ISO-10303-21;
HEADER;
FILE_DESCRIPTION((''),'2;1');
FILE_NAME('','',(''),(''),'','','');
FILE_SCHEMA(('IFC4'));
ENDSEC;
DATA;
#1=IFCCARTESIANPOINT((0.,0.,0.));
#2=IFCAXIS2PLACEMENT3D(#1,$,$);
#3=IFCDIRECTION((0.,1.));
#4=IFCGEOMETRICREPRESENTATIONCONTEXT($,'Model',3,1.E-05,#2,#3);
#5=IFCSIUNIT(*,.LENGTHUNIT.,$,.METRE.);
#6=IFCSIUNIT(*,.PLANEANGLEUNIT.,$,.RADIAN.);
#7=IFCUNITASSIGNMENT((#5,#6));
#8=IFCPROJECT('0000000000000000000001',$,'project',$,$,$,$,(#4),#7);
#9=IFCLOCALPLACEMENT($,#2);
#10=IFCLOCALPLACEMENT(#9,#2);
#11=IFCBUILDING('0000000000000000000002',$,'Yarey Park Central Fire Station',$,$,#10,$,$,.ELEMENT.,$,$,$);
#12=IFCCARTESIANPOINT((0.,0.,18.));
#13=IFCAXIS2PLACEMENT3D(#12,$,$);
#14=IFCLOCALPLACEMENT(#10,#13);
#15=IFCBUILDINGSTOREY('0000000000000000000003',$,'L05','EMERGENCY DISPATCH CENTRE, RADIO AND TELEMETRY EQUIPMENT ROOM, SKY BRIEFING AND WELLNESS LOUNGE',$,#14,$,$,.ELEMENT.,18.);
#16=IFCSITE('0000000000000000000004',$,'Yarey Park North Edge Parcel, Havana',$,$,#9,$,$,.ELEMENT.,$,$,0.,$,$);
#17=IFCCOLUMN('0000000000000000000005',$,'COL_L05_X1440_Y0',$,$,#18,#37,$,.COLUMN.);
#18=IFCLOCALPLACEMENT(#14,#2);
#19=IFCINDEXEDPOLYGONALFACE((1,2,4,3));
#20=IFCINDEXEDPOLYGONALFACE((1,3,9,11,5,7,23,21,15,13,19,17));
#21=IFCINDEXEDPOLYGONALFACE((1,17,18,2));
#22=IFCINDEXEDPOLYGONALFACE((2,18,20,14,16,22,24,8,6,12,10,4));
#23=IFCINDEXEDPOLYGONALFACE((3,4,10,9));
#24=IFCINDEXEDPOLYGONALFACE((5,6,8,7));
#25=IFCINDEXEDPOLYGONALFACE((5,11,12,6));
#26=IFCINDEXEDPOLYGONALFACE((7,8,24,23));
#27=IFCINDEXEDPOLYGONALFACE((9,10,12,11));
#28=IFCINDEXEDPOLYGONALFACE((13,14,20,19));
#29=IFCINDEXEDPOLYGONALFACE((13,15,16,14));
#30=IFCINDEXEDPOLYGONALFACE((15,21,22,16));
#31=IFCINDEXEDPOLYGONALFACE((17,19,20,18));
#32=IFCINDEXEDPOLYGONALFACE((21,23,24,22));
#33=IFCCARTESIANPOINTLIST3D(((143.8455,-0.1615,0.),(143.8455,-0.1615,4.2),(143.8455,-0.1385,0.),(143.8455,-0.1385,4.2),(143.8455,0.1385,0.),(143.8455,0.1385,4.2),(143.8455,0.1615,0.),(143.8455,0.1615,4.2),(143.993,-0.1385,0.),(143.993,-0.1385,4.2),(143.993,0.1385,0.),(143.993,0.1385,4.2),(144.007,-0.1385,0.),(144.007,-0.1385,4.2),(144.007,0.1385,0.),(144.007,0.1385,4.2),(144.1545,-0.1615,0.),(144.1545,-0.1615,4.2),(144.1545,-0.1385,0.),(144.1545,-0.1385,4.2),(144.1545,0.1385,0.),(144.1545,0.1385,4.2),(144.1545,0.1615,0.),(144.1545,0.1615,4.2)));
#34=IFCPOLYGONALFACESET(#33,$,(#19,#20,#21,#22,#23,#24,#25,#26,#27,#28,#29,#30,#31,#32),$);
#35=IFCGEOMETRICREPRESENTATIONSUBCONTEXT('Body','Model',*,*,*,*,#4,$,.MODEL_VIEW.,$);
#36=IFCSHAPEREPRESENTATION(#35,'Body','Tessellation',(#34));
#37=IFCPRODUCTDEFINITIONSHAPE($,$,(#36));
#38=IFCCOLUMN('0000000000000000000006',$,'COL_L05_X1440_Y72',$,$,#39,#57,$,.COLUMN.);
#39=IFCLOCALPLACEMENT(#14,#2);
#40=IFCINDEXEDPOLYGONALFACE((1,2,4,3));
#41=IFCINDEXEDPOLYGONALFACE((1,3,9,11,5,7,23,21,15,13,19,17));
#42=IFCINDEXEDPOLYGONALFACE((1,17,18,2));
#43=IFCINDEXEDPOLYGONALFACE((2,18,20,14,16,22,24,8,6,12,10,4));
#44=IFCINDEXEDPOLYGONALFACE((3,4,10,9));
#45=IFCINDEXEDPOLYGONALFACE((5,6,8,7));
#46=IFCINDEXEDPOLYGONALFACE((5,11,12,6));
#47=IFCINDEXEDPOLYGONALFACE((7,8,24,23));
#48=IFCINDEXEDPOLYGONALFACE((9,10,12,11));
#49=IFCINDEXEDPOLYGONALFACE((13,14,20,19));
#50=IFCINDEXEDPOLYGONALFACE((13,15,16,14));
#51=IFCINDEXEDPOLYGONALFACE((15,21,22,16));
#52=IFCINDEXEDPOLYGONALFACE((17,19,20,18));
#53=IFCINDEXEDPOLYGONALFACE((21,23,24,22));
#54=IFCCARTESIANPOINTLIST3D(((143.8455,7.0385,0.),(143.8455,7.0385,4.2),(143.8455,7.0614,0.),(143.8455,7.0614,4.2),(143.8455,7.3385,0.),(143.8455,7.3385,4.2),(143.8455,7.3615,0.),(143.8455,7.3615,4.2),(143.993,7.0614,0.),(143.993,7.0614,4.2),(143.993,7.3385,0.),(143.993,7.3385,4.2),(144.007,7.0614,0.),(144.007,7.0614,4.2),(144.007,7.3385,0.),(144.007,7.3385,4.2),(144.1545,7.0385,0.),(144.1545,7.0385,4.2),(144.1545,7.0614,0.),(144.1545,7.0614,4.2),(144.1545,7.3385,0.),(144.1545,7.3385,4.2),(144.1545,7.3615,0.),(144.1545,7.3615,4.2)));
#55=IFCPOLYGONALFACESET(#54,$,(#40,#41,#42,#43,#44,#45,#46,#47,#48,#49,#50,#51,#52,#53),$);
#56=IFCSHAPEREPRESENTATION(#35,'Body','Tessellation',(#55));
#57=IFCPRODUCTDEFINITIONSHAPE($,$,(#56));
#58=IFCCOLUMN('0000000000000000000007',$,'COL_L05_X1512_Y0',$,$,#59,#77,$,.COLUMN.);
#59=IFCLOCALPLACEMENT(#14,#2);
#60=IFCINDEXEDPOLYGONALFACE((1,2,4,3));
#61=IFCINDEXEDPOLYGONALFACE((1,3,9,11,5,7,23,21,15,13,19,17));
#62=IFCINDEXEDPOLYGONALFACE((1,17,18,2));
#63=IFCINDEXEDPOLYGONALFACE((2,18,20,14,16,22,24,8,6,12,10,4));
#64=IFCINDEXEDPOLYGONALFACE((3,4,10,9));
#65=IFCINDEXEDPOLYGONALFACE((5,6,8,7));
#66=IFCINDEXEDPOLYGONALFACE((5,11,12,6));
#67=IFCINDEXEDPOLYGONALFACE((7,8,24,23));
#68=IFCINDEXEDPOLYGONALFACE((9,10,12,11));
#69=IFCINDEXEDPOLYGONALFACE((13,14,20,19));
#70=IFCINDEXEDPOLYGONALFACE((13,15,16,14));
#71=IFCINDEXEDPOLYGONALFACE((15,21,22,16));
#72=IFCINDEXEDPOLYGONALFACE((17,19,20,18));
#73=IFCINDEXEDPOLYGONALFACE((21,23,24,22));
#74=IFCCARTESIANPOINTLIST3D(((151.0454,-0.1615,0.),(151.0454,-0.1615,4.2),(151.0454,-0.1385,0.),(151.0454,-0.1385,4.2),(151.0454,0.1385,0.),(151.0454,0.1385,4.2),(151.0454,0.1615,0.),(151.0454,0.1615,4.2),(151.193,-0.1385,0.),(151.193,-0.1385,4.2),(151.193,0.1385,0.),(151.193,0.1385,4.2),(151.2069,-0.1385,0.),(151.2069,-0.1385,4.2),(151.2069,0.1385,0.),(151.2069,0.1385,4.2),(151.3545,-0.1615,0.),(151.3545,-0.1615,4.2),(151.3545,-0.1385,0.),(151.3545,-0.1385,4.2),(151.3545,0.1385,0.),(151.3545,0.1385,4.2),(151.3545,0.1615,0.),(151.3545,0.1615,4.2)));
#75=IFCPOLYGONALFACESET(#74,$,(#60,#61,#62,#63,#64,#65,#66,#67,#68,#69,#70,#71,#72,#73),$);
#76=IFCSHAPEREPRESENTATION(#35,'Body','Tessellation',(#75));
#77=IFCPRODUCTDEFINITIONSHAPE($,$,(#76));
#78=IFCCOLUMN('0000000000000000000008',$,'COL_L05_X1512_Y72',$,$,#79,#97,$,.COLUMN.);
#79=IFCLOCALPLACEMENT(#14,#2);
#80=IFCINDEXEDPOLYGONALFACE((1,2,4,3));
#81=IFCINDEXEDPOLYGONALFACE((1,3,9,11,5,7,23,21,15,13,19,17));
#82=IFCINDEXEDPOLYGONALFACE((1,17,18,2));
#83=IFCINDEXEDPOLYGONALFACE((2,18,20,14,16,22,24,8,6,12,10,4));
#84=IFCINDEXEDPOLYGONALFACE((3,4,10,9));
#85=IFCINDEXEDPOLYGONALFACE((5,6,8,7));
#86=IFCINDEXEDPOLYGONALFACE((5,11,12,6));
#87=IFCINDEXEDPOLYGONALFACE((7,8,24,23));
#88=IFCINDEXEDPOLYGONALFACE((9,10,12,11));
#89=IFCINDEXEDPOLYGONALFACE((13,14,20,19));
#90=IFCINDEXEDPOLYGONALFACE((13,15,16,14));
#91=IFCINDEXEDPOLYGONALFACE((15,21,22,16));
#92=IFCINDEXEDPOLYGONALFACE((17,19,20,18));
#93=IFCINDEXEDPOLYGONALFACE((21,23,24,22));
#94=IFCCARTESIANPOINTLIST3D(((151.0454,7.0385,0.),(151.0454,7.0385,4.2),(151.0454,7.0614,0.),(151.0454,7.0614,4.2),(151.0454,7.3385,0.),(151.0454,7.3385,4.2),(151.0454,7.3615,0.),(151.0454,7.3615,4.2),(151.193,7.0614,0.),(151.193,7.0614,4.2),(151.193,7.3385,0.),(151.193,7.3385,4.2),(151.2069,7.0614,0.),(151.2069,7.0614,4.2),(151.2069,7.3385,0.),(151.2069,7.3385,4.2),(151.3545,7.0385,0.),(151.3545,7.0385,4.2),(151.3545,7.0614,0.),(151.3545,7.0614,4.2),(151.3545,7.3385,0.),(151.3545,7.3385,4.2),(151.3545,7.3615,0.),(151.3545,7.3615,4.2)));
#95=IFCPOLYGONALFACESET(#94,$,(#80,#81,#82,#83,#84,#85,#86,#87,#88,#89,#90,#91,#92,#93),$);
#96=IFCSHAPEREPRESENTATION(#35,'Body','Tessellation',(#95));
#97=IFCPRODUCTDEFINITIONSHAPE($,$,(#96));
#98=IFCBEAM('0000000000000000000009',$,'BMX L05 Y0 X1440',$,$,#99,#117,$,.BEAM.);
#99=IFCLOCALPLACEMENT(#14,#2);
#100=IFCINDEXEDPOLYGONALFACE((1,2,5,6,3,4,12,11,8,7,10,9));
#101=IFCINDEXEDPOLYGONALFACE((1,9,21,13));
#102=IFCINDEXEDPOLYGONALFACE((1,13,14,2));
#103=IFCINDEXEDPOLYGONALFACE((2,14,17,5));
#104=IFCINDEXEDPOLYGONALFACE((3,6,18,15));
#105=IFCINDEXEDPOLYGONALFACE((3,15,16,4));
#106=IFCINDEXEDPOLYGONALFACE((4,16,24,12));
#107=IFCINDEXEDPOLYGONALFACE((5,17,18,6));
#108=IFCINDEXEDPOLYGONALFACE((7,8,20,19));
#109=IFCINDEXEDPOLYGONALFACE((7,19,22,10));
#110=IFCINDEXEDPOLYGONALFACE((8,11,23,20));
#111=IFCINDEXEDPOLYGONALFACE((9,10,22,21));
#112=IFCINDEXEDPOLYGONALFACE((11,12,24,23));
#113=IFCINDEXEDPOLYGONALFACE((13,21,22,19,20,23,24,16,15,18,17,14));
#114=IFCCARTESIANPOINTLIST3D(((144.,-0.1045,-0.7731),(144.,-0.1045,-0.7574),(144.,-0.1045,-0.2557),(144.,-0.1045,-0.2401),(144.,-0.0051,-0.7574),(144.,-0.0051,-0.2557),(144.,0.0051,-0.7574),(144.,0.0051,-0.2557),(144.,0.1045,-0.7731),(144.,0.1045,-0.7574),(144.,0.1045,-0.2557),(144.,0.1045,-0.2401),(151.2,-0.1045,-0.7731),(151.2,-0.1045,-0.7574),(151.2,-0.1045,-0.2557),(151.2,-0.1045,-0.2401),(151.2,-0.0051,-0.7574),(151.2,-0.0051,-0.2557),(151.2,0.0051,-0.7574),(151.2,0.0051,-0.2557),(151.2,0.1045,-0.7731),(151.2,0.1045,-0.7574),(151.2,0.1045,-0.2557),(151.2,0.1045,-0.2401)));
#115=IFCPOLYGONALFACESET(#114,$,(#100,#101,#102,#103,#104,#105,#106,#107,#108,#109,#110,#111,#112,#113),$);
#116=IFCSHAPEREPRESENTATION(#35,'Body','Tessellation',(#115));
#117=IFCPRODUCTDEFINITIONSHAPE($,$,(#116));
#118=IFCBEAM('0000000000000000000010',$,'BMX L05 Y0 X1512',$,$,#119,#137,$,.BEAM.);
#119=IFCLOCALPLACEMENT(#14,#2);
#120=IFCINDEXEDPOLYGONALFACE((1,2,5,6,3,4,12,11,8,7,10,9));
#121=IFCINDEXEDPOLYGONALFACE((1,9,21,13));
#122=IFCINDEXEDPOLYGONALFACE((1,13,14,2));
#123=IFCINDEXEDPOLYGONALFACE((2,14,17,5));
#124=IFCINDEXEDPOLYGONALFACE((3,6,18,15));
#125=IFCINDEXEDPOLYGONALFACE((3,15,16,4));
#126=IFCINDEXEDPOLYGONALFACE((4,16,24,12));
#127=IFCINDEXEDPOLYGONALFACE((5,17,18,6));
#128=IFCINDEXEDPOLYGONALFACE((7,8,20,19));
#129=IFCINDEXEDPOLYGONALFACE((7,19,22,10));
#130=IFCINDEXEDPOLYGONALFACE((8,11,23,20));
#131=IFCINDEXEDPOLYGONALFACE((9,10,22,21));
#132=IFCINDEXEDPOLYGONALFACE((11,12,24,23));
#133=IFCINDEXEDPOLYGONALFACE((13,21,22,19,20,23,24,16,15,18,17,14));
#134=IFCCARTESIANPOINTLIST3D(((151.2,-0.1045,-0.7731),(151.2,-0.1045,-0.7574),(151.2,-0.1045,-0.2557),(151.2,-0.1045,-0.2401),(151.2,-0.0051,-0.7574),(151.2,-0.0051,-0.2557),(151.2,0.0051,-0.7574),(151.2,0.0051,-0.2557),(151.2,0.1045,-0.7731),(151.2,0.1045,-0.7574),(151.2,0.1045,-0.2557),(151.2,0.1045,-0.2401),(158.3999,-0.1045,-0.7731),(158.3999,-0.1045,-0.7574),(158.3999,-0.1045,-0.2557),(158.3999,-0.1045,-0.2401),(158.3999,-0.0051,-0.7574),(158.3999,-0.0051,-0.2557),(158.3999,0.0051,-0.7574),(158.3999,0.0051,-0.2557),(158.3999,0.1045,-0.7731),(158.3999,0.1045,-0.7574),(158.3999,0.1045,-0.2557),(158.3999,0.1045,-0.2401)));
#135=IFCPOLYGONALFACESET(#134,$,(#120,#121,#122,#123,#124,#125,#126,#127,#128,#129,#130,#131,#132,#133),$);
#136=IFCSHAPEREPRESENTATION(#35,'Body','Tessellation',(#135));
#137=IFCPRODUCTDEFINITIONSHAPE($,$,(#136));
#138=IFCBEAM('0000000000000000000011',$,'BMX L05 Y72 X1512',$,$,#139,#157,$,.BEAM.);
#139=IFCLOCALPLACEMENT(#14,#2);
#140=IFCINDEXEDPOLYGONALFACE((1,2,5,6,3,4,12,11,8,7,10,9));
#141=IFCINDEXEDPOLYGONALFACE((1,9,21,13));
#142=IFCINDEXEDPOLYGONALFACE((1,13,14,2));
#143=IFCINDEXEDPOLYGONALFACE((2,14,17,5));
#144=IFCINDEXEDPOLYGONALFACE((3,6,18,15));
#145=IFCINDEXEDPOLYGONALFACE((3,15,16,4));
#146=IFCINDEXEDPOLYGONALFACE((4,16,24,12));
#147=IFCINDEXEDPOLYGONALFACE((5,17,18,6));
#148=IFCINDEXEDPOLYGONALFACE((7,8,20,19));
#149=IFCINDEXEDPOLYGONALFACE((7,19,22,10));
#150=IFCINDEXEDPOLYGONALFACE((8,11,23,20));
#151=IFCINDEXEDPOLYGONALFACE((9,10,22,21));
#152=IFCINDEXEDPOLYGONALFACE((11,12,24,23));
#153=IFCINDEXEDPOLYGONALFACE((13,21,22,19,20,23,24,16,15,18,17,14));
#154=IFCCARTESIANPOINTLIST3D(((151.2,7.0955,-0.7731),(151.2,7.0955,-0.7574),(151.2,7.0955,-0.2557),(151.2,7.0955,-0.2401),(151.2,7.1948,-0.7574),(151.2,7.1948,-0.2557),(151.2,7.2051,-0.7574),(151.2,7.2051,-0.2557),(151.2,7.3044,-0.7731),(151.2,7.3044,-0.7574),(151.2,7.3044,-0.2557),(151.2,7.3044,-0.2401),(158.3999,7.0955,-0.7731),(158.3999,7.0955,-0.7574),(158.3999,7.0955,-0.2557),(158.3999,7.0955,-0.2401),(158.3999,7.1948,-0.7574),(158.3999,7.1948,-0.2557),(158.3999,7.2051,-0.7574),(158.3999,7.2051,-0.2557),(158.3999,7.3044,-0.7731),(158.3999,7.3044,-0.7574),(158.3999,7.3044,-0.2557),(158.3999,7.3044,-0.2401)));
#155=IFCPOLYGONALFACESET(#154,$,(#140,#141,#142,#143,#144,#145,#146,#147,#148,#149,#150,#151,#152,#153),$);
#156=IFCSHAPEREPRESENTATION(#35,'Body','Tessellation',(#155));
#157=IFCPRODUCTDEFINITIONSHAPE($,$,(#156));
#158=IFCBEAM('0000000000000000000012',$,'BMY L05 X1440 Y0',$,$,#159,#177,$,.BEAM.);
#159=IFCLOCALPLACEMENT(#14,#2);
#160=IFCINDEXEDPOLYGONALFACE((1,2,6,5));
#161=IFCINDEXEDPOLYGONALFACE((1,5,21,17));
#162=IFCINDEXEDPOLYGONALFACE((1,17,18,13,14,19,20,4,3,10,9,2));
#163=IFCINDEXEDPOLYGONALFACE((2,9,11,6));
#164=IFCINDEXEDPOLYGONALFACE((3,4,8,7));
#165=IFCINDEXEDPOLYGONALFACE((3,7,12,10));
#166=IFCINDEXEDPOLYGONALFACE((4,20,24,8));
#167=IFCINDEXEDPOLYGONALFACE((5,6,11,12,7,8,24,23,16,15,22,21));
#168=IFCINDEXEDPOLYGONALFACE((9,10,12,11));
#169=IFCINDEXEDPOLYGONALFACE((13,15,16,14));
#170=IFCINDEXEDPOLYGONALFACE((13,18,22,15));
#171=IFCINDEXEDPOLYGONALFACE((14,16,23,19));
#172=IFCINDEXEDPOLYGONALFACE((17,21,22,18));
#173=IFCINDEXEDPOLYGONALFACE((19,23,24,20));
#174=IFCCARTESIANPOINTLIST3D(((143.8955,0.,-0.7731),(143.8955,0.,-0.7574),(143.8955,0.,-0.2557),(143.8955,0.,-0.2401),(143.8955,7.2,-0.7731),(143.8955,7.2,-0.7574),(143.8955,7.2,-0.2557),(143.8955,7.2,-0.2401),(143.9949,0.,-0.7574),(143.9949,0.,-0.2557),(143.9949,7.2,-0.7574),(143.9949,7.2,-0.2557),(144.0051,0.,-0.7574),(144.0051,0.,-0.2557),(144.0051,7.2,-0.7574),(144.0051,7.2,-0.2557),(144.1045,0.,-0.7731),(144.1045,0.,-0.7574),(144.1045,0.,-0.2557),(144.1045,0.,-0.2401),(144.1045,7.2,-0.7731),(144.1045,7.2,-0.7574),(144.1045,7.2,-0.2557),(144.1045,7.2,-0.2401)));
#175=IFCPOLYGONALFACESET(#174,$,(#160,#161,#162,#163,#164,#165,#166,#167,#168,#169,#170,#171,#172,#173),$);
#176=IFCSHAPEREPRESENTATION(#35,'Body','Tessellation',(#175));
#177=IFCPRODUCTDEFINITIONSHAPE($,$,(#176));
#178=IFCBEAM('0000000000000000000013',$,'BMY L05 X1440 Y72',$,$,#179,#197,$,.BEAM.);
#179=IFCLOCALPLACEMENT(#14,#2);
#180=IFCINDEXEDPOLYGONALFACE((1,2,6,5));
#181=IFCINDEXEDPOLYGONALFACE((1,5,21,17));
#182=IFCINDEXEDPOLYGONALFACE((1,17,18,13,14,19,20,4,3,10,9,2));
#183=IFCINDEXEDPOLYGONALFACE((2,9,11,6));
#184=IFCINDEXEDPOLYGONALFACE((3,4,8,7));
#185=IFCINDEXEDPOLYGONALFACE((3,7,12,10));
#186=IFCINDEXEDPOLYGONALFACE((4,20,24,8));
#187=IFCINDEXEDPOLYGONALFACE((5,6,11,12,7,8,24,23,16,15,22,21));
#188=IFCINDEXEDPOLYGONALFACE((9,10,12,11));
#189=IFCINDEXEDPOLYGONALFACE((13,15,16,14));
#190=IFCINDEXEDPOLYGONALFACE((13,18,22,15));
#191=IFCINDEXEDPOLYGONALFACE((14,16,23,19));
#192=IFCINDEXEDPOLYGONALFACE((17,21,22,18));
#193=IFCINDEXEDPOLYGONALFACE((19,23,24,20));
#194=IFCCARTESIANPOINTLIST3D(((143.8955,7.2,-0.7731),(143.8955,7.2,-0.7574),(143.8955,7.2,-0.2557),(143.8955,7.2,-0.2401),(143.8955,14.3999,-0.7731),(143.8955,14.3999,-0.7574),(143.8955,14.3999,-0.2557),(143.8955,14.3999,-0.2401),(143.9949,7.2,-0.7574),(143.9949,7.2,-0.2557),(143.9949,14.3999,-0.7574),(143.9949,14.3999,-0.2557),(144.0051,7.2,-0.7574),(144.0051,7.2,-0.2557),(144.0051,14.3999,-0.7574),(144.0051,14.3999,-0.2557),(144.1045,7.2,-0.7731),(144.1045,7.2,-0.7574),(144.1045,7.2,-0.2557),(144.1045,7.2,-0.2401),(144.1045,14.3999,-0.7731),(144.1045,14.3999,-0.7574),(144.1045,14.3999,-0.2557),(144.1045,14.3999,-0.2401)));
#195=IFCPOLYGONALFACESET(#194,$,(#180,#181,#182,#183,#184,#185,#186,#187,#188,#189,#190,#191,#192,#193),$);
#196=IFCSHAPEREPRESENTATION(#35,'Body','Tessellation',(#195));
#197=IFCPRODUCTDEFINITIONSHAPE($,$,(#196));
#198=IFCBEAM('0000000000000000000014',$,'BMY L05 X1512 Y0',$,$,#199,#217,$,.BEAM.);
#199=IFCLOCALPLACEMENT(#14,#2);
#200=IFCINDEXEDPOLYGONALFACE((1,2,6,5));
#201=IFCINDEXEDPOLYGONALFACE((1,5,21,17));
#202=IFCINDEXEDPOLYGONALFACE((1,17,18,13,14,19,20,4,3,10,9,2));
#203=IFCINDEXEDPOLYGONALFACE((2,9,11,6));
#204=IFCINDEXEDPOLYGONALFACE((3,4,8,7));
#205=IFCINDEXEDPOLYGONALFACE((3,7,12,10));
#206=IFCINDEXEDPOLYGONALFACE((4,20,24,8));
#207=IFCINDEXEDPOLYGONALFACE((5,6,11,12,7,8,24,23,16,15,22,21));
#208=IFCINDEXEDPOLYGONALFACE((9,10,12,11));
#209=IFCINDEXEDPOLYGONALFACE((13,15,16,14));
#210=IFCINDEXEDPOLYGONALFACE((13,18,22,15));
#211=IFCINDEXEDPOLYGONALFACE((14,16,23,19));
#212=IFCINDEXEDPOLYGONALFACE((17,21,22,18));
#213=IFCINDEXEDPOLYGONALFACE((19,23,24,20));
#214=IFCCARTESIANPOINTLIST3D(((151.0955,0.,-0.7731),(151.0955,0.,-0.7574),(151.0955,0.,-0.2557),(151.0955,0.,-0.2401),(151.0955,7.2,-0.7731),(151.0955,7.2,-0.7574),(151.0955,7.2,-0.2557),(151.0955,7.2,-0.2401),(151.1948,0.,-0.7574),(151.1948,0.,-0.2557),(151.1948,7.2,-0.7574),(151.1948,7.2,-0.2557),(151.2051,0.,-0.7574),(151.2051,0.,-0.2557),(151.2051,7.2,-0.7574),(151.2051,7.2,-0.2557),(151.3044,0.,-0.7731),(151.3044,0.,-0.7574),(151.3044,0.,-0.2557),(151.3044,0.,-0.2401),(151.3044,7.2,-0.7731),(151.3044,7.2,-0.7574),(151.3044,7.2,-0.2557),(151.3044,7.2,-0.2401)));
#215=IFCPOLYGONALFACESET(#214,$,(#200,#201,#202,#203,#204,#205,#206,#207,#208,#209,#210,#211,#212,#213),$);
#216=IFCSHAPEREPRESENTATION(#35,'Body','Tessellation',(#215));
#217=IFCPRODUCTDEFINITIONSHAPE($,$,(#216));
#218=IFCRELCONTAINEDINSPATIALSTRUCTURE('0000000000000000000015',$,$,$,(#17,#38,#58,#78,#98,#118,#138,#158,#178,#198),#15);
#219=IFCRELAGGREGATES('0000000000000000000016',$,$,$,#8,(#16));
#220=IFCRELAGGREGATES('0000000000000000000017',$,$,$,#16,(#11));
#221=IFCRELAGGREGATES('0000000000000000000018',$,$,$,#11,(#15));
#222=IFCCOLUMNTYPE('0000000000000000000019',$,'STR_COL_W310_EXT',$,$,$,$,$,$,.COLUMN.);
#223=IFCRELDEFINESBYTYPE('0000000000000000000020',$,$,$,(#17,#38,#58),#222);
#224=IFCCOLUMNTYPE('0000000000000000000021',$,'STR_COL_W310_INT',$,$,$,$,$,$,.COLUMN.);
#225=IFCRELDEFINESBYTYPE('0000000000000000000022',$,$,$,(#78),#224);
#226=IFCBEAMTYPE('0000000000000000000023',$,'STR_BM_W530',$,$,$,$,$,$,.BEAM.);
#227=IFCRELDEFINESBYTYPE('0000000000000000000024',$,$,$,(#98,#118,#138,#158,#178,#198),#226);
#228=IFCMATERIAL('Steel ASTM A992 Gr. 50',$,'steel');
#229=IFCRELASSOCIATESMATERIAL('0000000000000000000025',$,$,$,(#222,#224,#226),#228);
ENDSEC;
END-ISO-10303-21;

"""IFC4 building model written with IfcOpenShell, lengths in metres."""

from ifc_helpers import new_model, si_unit, direction, frame, origin, origin_2d, place, context, subcontext, project, spatial, i_section, extrude, material, material_profile, profile_set, type_object, element, save


model = new_model("IFC4")

# Units and contexts
model_context = context("Model", 3, precision=1e-05, world=origin(), true_north=direction((0.0, 1.0)))
body_context = subcontext(model_context, "Body", "Model", "MODEL_VIEW")
ifc_project = project(units=[si_unit("LENGTHUNIT", "METRE"), si_unit("PLANEANGLEUNIT", "RADIAN")], contexts=[model_context])

# Site, building, storey
site_placement = place(None, origin())
site = spatial("IfcSite", under=ifc_project, at=site_placement, Name="Yarey Park North Edge Parcel, Havana", CompositionType="ELEMENT", RefElevation=0.0)
building_placement = place(site_placement, origin())
building = spatial("IfcBuilding", under=site, at=building_placement, Name="Yarey Park Central Fire Station", CompositionType="ELEMENT")
storey_placement = place(building_placement, frame((0.0, 0.0, 18.0)))
storey = spatial("IfcBuildingStorey", under=building, at=storey_placement, Name="L05", Description="EMERGENCY DISPATCH CENTRE, RADIO AND TELEMETRY EQUIPMENT ROOM, SKY BRIEFING AND WELLNESS LOUNGE", CompositionType="ELEMENT", Elevation=18.0)

# Columns
ifc_material_1 = material(Name="Steel ASTM A992 Gr. 50", Category="steel")
ifc_material_profile_1 = material_profile(ifc_material_1, i_section(OverallWidth=0.3091, OverallDepth=0.323, WebThickness=0.0139, FlangeThickness=0.0229, at=origin_2d()), Name="W310x143")
ifc_profile_set_1 = profile_set([ifc_material_profile_1], Name="Steel ASTM A992 Gr. 50")
column_type_1 = type_object("IfcColumnType", Name="STR_COL_W310_EXT", PredefinedType="COLUMN", material=ifc_profile_set_1)
for number, where, z_axis, x_axis, name in (
    (1, (144.0, 0.0, 0.0), (0.0, 0.0, 1.0), (1.0, 0.0, 0.0), "COL_L05_X1440_Y0"),
    (2, (144.0, 7.2, 0.0), (0.0, 0.0, 1.0), (1.0, 0.0, 0.0), "COL_L05_X1440_Y72"),
    (3, (151.2, 0.0, 0.0), (0.0, 0.0, 1.0), (1.0, 0.0, 0.0), "COL_L05_X1512_Y0"),
):
    element("IfcColumn", number, at=place(storey_placement, frame(where, z_axis=z_axis, x_axis=x_axis)), inside=storey, type_object=column_type_1, Name=name, PredefinedType="COLUMN", context=body_context, shape_type="SweptSolid", body=[
        extrude(i_section(OverallWidth=0.3091, OverallDepth=0.323, WebThickness=0.0139, FlangeThickness=0.0229, at=origin_2d()), origin(), (0.0, 0.0, 1.0), 4.2),
    ])
ifc_material_profile_2 = material_profile(ifc_material_1, i_section(OverallWidth=0.3091, OverallDepth=0.323, WebThickness=0.0139, FlangeThickness=0.0229, at=origin_2d()), Name="W310x143")
ifc_profile_set_2 = profile_set([ifc_material_profile_2], Name="Steel ASTM A992 Gr. 50")
column_type_2 = type_object("IfcColumnType", Name="STR_COL_W310_INT", PredefinedType="COLUMN", material=ifc_profile_set_2)
column_placement = place(storey_placement, frame((151.2, 7.2, 0.0), z_axis=(0.0, 0.0, 1.0), x_axis=(1.0, 0.0, 0.0)))
element("IfcColumn", 4, at=column_placement, inside=storey, type_object=column_type_2, Name="COL_L05_X1512_Y72", PredefinedType="COLUMN", context=body_context, shape_type="SweptSolid", body=[
    extrude(i_section(OverallWidth=0.3091, OverallDepth=0.323, WebThickness=0.0139, FlangeThickness=0.0229, at=origin_2d()), origin(), (0.0, 0.0, 1.0), 4.2),
])

# Beams
ifc_material_profile_3 = material_profile(ifc_material_1, i_section(OverallWidth=0.209, OverallDepth=0.533, WebThickness=0.0103, FlangeThickness=0.0156, at=origin_2d()), Name="W530x92")
ifc_profile_set_3 = profile_set([ifc_material_profile_3], Name="Steel ASTM A992 Gr. 50")
beam_type_1 = type_object("IfcBeamType", Name="STR_BM_W530", PredefinedType="BEAM", material=ifc_profile_set_3)
for number, where, z_axis, x_axis, name in (
    (5, (144.0, 0.0, -0.5066), (1.0, 0.0, 0.0), (0.0, 1.0, 0.0), "BMX L05 Y0 X1440"),
    (6, (151.2, 0.0, -0.5066), (1.0, 0.0, 0.0), (0.0, 1.0, 0.0), "BMX L05 Y0 X1512"),
    (7, (151.2, 7.2, -0.5066), (1.0, 0.0, 0.0), (0.0, 1.0, 0.0), "BMX L05 Y72 X1512"),
    (8, (144.0, 0.0, -0.5066), (0.0, 1.0, 0.0), (-1.0, 0.0, 0.0), "BMY L05 X1440 Y0"),
    (9, (144.0, 7.2, -0.5066), (0.0, 1.0, 0.0), (-1.0, 0.0, 0.0), "BMY L05 X1440 Y72"),
    (10, (151.2, 0.0, -0.5066), (0.0, 1.0, 0.0), (-1.0, 0.0, 0.0), "BMY L05 X1512 Y0"),
):
    element("IfcBeam", number, at=place(storey_placement, frame(where, z_axis=z_axis, x_axis=x_axis)), inside=storey, type_object=beam_type_1, Name=name, PredefinedType="BEAM", context=body_context, shape_type="SweptSolid", body=[
        extrude(i_section(OverallWidth=0.209, OverallDepth=0.533, WebThickness=0.0103, FlangeThickness=0.0156, at=origin_2d()), origin(), (0.0, 0.0, 1.0), 7.2),
    ])

save(model, "model.ifc")
